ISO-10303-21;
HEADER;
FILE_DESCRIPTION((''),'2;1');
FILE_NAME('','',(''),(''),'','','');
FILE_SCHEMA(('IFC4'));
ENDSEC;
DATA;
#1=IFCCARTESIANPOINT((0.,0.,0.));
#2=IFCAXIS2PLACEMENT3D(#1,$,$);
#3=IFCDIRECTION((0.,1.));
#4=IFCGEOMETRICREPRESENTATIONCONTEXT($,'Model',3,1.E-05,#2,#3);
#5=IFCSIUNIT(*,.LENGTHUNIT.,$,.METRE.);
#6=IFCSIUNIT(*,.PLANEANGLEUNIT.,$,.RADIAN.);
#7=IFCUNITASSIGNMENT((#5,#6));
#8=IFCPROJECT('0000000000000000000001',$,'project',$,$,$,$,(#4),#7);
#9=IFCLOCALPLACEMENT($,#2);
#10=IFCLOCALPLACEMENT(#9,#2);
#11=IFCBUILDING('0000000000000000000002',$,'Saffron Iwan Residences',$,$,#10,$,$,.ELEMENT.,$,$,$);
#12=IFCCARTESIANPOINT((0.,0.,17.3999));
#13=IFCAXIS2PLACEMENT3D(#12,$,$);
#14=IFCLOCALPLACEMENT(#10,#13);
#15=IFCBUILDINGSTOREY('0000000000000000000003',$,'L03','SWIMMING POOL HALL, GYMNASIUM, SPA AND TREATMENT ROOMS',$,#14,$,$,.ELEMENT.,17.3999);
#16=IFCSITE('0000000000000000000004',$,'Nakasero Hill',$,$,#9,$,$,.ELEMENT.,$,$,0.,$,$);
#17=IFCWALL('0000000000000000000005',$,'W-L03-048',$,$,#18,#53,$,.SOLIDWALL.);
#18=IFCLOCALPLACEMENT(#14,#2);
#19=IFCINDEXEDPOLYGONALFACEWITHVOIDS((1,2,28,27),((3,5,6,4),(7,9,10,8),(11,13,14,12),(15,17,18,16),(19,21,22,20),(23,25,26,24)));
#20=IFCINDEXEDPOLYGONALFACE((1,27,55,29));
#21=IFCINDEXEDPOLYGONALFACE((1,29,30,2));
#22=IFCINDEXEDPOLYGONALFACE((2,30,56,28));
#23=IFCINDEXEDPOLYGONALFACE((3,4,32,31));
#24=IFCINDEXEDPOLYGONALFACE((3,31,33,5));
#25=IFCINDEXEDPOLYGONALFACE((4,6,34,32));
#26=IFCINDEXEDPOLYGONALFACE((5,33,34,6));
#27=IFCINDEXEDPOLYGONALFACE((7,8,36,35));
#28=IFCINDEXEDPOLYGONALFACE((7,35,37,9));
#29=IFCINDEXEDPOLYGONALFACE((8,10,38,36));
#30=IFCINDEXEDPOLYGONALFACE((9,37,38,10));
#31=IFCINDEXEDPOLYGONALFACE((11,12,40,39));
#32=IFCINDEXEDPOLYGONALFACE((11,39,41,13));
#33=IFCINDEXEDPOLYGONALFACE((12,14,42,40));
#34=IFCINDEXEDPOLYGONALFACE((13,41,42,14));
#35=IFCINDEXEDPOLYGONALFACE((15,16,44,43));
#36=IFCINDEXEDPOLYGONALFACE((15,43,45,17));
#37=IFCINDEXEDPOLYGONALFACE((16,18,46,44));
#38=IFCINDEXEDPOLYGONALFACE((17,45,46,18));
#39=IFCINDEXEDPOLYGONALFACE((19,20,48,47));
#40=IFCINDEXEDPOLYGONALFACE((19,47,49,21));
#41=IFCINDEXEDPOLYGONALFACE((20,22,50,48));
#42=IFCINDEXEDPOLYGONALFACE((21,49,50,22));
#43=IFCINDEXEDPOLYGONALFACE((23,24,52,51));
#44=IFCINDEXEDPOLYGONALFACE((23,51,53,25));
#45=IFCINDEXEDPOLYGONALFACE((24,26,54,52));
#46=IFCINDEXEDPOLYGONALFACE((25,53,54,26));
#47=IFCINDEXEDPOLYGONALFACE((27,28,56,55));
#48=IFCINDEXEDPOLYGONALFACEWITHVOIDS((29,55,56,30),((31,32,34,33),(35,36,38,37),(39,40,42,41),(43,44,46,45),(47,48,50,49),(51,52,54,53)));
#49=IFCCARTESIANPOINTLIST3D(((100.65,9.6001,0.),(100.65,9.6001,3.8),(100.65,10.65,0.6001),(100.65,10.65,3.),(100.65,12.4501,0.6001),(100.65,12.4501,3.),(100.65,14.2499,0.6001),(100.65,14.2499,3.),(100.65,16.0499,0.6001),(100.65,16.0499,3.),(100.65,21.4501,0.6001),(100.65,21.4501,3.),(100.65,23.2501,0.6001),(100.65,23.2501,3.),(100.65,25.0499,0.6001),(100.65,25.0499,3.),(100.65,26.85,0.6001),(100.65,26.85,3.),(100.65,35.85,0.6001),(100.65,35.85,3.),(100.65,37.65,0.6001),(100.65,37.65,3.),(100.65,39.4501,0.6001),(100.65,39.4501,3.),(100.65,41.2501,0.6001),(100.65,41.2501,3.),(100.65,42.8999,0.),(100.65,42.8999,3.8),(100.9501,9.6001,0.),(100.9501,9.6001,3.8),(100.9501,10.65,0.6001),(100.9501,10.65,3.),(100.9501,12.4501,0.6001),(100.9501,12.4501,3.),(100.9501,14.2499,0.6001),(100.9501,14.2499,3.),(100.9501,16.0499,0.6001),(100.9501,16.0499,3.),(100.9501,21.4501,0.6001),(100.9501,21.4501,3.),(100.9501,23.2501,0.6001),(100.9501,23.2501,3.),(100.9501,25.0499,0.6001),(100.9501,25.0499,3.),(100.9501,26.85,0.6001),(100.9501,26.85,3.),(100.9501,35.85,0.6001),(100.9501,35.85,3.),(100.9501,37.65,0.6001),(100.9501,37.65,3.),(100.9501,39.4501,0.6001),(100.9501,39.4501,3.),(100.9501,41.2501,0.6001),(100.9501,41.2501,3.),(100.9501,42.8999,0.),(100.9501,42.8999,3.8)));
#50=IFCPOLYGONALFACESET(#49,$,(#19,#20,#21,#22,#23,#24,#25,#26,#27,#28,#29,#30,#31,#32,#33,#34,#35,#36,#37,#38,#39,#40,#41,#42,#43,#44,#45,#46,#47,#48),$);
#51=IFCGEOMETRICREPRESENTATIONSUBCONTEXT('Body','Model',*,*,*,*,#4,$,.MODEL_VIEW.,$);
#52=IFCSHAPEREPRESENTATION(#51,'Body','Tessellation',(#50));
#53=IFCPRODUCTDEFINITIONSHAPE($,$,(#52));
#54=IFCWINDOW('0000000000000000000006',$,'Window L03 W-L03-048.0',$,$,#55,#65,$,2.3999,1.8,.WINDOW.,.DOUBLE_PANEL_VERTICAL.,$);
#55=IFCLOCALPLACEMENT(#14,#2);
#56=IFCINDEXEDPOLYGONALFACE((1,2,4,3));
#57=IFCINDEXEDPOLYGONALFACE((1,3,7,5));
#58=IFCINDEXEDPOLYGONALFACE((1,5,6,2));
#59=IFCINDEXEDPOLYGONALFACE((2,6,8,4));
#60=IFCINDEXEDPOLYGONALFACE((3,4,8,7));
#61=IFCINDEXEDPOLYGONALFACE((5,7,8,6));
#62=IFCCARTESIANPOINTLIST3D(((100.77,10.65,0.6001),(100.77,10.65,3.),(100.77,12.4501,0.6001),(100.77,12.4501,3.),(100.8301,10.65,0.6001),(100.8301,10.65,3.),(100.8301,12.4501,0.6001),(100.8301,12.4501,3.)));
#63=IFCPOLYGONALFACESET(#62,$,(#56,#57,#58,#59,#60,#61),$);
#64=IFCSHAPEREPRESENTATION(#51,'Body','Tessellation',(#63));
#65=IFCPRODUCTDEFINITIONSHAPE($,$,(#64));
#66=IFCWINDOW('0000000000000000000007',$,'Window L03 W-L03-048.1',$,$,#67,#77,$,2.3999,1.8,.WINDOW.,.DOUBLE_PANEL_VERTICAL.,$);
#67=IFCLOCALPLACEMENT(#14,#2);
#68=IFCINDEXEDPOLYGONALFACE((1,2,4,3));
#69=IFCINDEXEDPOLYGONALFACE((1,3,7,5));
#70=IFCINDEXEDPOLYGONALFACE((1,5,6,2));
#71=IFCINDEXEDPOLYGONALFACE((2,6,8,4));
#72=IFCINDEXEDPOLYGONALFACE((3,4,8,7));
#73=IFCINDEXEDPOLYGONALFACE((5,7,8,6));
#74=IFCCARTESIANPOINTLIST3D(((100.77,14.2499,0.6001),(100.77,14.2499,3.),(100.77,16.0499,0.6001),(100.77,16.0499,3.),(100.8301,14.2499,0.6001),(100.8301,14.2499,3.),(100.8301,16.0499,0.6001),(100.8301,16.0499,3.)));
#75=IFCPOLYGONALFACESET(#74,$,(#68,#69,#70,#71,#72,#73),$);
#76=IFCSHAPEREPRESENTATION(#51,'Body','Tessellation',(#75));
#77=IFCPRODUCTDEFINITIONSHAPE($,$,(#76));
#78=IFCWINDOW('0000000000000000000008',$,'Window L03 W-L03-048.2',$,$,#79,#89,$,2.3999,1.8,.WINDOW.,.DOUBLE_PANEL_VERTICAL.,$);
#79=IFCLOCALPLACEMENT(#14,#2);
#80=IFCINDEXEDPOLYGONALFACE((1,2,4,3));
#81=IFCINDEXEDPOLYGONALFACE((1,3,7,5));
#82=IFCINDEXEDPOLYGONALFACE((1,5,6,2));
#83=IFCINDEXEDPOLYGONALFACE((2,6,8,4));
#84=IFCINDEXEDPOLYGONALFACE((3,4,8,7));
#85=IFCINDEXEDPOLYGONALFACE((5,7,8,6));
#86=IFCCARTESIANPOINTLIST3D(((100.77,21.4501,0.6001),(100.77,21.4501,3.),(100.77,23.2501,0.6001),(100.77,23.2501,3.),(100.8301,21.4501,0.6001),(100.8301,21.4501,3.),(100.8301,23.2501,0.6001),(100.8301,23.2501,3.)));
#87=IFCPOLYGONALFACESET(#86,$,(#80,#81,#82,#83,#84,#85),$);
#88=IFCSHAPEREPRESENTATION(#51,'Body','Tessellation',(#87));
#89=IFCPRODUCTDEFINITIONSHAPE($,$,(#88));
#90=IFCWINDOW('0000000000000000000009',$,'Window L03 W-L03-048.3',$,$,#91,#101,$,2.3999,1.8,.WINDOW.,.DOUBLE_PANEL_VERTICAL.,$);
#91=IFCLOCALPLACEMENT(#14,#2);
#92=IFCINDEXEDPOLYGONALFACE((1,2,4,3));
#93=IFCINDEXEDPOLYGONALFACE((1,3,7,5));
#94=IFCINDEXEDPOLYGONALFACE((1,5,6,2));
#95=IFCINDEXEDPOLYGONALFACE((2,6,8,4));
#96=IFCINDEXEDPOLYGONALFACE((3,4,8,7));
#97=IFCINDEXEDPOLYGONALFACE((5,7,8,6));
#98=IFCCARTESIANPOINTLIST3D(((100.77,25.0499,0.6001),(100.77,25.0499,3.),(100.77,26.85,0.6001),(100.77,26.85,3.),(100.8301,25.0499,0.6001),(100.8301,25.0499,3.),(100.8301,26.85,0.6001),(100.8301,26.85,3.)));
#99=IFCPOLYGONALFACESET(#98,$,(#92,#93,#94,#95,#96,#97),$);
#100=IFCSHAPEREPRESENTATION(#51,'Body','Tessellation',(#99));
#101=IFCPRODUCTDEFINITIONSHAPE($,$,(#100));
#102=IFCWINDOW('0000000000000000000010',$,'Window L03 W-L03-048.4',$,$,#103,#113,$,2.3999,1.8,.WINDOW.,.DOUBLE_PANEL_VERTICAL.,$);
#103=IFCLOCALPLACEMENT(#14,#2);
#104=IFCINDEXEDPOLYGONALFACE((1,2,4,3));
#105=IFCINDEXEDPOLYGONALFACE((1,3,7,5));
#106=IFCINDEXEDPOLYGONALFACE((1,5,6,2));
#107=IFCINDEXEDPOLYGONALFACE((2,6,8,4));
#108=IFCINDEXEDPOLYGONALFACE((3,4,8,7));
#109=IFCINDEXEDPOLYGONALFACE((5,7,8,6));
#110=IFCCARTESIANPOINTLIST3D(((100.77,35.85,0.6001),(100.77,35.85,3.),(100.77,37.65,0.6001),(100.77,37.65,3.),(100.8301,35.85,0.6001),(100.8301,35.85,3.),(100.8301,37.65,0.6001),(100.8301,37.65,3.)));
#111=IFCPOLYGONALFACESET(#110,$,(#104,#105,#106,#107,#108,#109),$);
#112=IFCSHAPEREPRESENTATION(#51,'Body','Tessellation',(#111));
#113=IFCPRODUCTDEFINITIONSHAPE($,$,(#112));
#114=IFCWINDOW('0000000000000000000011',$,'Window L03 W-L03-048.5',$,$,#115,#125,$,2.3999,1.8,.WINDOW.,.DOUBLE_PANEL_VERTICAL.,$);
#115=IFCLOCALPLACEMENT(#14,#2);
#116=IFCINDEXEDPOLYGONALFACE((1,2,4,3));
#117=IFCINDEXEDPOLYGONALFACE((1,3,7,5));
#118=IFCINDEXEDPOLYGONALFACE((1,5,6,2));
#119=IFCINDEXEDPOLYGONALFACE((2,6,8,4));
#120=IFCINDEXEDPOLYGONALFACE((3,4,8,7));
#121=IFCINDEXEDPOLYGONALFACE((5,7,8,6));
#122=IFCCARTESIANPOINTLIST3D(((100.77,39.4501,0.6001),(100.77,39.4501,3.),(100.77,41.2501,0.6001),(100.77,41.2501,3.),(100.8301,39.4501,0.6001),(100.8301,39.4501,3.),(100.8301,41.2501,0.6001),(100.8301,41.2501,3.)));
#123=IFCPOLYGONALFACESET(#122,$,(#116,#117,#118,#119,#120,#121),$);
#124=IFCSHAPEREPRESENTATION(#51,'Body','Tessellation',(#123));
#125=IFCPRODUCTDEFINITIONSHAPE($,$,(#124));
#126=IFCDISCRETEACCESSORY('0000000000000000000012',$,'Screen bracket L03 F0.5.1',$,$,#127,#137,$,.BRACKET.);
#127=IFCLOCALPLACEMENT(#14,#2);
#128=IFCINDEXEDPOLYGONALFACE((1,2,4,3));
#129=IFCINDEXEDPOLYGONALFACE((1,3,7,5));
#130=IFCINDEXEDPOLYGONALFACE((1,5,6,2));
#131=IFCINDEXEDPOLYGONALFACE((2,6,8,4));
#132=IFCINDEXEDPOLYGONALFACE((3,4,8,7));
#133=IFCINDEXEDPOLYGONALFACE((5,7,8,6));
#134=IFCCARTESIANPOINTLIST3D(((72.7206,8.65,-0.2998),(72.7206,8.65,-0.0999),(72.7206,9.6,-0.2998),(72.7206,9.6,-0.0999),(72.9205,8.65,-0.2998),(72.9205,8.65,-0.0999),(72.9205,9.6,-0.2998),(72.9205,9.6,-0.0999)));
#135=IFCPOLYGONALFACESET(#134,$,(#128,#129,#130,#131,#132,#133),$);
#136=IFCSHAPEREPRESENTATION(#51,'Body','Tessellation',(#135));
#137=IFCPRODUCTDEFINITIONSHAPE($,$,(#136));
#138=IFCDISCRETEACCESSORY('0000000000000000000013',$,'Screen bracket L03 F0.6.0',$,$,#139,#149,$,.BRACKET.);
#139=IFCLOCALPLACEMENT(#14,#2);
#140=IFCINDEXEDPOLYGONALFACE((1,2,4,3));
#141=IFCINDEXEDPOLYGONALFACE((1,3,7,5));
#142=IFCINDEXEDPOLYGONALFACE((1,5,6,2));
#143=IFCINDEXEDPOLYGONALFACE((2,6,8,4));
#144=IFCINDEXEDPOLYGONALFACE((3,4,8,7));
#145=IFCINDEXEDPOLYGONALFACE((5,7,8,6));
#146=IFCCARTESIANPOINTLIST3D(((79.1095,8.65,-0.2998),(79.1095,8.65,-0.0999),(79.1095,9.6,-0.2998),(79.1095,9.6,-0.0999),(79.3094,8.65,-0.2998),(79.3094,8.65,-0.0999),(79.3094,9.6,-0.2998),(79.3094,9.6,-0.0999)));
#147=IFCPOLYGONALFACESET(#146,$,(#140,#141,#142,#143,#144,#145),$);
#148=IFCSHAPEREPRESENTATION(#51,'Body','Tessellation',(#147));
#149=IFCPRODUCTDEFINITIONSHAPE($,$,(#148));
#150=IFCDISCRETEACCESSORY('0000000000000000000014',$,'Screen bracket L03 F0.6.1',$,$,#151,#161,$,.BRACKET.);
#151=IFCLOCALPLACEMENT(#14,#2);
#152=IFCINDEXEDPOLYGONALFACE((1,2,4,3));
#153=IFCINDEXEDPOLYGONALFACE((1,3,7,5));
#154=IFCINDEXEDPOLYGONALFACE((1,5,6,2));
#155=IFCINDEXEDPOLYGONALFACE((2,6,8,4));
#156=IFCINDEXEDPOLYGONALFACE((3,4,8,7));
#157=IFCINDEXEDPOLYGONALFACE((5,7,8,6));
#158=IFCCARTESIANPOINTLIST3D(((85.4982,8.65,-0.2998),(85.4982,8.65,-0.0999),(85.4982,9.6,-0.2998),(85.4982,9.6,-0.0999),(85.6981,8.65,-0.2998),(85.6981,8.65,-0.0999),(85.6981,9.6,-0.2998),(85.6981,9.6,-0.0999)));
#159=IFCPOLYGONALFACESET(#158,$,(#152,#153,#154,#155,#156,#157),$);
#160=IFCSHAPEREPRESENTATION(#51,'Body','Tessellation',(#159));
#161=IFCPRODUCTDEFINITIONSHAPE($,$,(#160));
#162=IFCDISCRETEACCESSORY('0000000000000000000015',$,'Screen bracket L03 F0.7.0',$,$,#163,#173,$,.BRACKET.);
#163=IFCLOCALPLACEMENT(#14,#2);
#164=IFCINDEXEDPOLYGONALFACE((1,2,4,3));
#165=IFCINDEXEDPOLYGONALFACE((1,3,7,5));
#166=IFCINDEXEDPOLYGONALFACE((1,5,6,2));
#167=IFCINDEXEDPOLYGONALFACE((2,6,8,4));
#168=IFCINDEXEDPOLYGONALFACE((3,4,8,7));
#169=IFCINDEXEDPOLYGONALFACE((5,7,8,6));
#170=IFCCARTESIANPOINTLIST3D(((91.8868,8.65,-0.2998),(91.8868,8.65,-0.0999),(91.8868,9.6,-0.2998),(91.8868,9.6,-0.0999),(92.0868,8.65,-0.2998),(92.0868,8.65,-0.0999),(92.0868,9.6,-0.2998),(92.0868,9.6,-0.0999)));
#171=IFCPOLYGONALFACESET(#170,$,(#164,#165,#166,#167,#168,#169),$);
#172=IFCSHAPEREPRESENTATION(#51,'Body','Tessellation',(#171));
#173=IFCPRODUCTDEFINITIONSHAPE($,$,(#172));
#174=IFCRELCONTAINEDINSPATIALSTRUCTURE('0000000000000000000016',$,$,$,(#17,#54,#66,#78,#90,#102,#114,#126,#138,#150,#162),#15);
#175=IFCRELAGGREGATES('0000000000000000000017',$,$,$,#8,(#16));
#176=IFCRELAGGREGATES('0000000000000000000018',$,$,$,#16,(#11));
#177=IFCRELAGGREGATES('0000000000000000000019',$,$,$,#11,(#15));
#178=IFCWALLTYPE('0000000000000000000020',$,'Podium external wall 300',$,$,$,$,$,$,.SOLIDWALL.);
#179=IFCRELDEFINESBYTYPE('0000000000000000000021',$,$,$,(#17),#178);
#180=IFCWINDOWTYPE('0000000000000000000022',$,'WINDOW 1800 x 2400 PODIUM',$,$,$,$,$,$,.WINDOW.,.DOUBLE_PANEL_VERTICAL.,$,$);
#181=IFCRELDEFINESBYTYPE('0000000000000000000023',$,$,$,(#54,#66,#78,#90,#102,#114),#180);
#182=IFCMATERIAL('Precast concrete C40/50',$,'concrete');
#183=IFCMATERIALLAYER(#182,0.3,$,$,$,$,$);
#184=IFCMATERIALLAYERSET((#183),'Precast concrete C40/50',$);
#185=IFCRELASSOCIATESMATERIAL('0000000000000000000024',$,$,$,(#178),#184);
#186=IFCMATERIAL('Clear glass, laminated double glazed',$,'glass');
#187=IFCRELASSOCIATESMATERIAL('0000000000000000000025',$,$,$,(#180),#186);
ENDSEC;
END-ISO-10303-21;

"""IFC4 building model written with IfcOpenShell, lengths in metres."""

from ifc_helpers import new_model, si_unit, direction, frame, frame_2d, origin, origin_2d, place, context, subcontext, project, spatial, rectangle, extrude, source, transform, mapped, material, layer, layer_set, type_object, element, fill, save


model = new_model("IFC4")

# Units and contexts
model_context = context("Model", 3, precision=1e-05, world=origin(), true_north=direction((0.0, 1.0)))
body_context = subcontext(model_context, "Body", "Model", "MODEL_VIEW")
ifc_project = project(units=[si_unit("LENGTHUNIT", "METRE"), si_unit("PLANEANGLEUNIT", "RADIAN")], contexts=[model_context])

# Site, building, storey
site_placement = place(None, origin())
site = spatial("IfcSite", under=ifc_project, at=site_placement, Name="Nakasero Hill", CompositionType="ELEMENT", RefElevation=0.0)
building_placement = place(site_placement, origin())
building = spatial("IfcBuilding", under=site, at=building_placement, Name="Saffron Iwan Residences", CompositionType="ELEMENT")
storey_placement = place(building_placement, frame((0.0, 0.0, 17.3999)))
storey = spatial("IfcBuildingStorey", under=building, at=storey_placement, Name="L03", Description="SWIMMING POOL HALL, GYMNASIUM, SPA AND TREATMENT ROOMS", CompositionType="ELEMENT", Elevation=17.3999)

# Wall, openings, windows
ifc_material_1 = material(Name="Precast concrete C40/50", Category="concrete")
ifc_layer_1 = layer(ifc_material_1, 0.3)
ifc_layer_set_1 = layer_set([ifc_layer_1], Name="Precast concrete C40/50")
wall_type = type_object("IfcWallType", Name="Podium external wall 300", PredefinedType="SOLIDWALL", material=ifc_layer_set_1)
wall_placement = place(storey_placement, frame((100.8, 9.6001, 0.0), z_axis=(0.0, 0.0, 1.0), x_axis=(0.0, 1.0, 0.0)))
wall = element("IfcWall", 1, at=wall_placement, inside=storey, type_object=wall_type, Name="W-L03-048", PredefinedType="SOLIDWALL", context=body_context, shape_type="SweptSolid", body=[
    extrude(rectangle(XDim=33.2998, YDim=0.3, at=frame_2d((16.6499, 0.0))), origin(), (0.0, 0.0, 1.0), 3.8),
])
opening_1_placement = place(wall_placement, frame((1.05, 0.0, 0.6001)))
opening_1 = element("IfcOpeningElement", 2, at=opening_1_placement, cuts=wall, PredefinedType="OPENING", context=body_context, shape_type="SweptSolid", body=[
    extrude(rectangle(XDim=1.8, YDim=2.3999, at=frame_2d((0.8999, 1.2))), frame((0.0, 0.1602, 0.0), z_axis=(0.0, -1.0, 0.0), x_axis=(1.0, 0.0, 0.0)), (0.0, 0.0, 1.0), 0.3201),
])
opening_2_placement = place(wall_placement, frame((4.6499, 0.0, 0.6001)))
opening_2 = element("IfcOpeningElement", 3, at=opening_2_placement, cuts=wall, PredefinedType="OPENING", context=body_context, shape_type="SweptSolid", body=[
    extrude(rectangle(XDim=1.8, YDim=2.3999, at=frame_2d((0.8999, 1.2))), frame((0.0, 0.1602, 0.0), z_axis=(0.0, -1.0, 0.0), x_axis=(1.0, 0.0, 0.0)), (0.0, 0.0, 1.0), 0.3201),
])
opening_3_placement = place(wall_placement, frame((11.8501, 0.0, 0.6001)))
opening_3 = element("IfcOpeningElement", 4, at=opening_3_placement, cuts=wall, PredefinedType="OPENING", context=body_context, shape_type="SweptSolid", body=[
    extrude(rectangle(XDim=1.8, YDim=2.3999, at=frame_2d((0.8999, 1.2))), frame((0.0, 0.1602, 0.0), z_axis=(0.0, -1.0, 0.0), x_axis=(1.0, 0.0, 0.0)), (0.0, 0.0, 1.0), 0.3201),
])
opening_4_placement = place(wall_placement, frame((15.45, 0.0, 0.6001)))
opening_4 = element("IfcOpeningElement", 5, at=opening_4_placement, cuts=wall, PredefinedType="OPENING", context=body_context, shape_type="SweptSolid", body=[
    extrude(rectangle(XDim=1.8, YDim=2.3999, at=frame_2d((0.8999, 1.2))), frame((0.0, 0.1602, 0.0), z_axis=(0.0, -1.0, 0.0), x_axis=(1.0, 0.0, 0.0)), (0.0, 0.0, 1.0), 0.3201),
])
opening_5_placement = place(wall_placement, frame((26.25, 0.0, 0.6001)))
opening_5 = element("IfcOpeningElement", 6, at=opening_5_placement, cuts=wall, PredefinedType="OPENING", context=body_context, shape_type="SweptSolid", body=[
    extrude(rectangle(XDim=1.8, YDim=2.3999, at=frame_2d((0.8999, 1.2))), frame((0.0, 0.1602, 0.0), z_axis=(0.0, -1.0, 0.0), x_axis=(1.0, 0.0, 0.0)), (0.0, 0.0, 1.0), 0.3201),
])
opening_6_placement = place(wall_placement, frame((29.8501, 0.0, 0.6001)))
opening_6 = element("IfcOpeningElement", 7, at=opening_6_placement, cuts=wall, PredefinedType="OPENING", context=body_context, shape_type="SweptSolid", body=[
    extrude(rectangle(XDim=1.8, YDim=2.3999, at=frame_2d((0.8999, 1.2))), frame((0.0, 0.1602, 0.0), z_axis=(0.0, -1.0, 0.0), x_axis=(1.0, 0.0, 0.0)), (0.0, 0.0, 1.0), 0.3201),
])
ifc_material_2 = material(Name="Clear glass, laminated double glazed", Category="glass")
window_type = type_object("IfcWindowType", Name="WINDOW 1800 x 2400 PODIUM", PartitioningType="DOUBLE_PANEL_VERTICAL", PredefinedType="WINDOW", material=ifc_material_2)
window_1_placement = place(opening_1_placement, origin())
window_1 = element("IfcWindow", 8, at=window_1_placement, inside=storey, type_object=window_type, Name="Window L03 W-L03-048.0", OverallHeight=2.3999, OverallWidth=1.8, PartitioningType="DOUBLE_PANEL_VERTICAL", PredefinedType="WINDOW", context=body_context, shape_type="SweptSolid", body=[
    extrude(rectangle(XDim=1.8, YDim=2.3999, at=frame_2d((0.8999, 1.2))), frame((0.0, 0.03, 0.0), z_axis=(0.0, -1.0, 0.0), x_axis=(1.0, 0.0, 0.0)), (0.0, 0.0, 1.0), 0.0601),
])
fill(opening_1, window_1)
window_2_placement = place(opening_2_placement, origin())
window_2 = element("IfcWindow", 9, at=window_2_placement, inside=storey, type_object=window_type, Name="Window L03 W-L03-048.1", OverallHeight=2.3999, OverallWidth=1.8, PartitioningType="DOUBLE_PANEL_VERTICAL", PredefinedType="WINDOW", context=body_context, shape_type="SweptSolid", body=[
    extrude(rectangle(XDim=1.8, YDim=2.3999, at=frame_2d((0.8999, 1.2))), frame((0.0, 0.03, 0.0), z_axis=(0.0, -1.0, 0.0), x_axis=(1.0, 0.0, 0.0)), (0.0, 0.0, 1.0), 0.0601),
])
fill(opening_2, window_2)
window_3_placement = place(opening_3_placement, origin())
window_3 = element("IfcWindow", 10, at=window_3_placement, inside=storey, type_object=window_type, Name="Window L03 W-L03-048.2", OverallHeight=2.3999, OverallWidth=1.8, PartitioningType="DOUBLE_PANEL_VERTICAL", PredefinedType="WINDOW", context=body_context, shape_type="SweptSolid", body=[
    extrude(rectangle(XDim=1.8, YDim=2.3999, at=frame_2d((0.8999, 1.2))), frame((0.0, 0.03, 0.0), z_axis=(0.0, -1.0, 0.0), x_axis=(1.0, 0.0, 0.0)), (0.0, 0.0, 1.0), 0.0601),
])
fill(opening_3, window_3)
window_4_placement = place(opening_4_placement, origin())
window_4 = element("IfcWindow", 11, at=window_4_placement, inside=storey, type_object=window_type, Name="Window L03 W-L03-048.3", OverallHeight=2.3999, OverallWidth=1.8, PartitioningType="DOUBLE_PANEL_VERTICAL", PredefinedType="WINDOW", context=body_context, shape_type="SweptSolid", body=[
    extrude(rectangle(XDim=1.8, YDim=2.3999, at=frame_2d((0.8999, 1.2))), frame((0.0, 0.03, 0.0), z_axis=(0.0, -1.0, 0.0), x_axis=(1.0, 0.0, 0.0)), (0.0, 0.0, 1.0), 0.0601),
])
fill(opening_4, window_4)
window_5_placement = place(opening_5_placement, origin())
window_5 = element("IfcWindow", 12, at=window_5_placement, inside=storey, type_object=window_type, Name="Window L03 W-L03-048.4", OverallHeight=2.3999, OverallWidth=1.8, PartitioningType="DOUBLE_PANEL_VERTICAL", PredefinedType="WINDOW", context=body_context, shape_type="SweptSolid", body=[
    extrude(rectangle(XDim=1.8, YDim=2.3999, at=frame_2d((0.8999, 1.2))), frame((0.0, 0.03, 0.0), z_axis=(0.0, -1.0, 0.0), x_axis=(1.0, 0.0, 0.0)), (0.0, 0.0, 1.0), 0.0601),
])
fill(opening_5, window_5)
window_6_placement = place(opening_6_placement, origin())
window_6 = element("IfcWindow", 13, at=window_6_placement, inside=storey, type_object=window_type, Name="Window L03 W-L03-048.5", OverallHeight=2.3999, OverallWidth=1.8, PartitioningType="DOUBLE_PANEL_VERTICAL", PredefinedType="WINDOW", context=body_context, shape_type="SweptSolid", body=[
    extrude(rectangle(XDim=1.8, YDim=2.3999, at=frame_2d((0.8999, 1.2))), frame((0.0, 0.03, 0.0), z_axis=(0.0, -1.0, 0.0), x_axis=(1.0, 0.0, 0.0)), (0.0, 0.0, 1.0), 0.0601),
])
fill(opening_6, window_6)

# Discrete accessories
shared_shape_1 = source(origin(), body_context, "Body", "SweptSolid", [
    extrude(rectangle(XDim=0.95, YDim=0.2, at=origin_2d()), origin(), (0.0, 0.0, 1.0), 0.2),
])
for number, where, z_axis, x_axis, name in (
    (14, (72.8206, 9.125, -0.2998), (0.0, 0.0, 1.0), (0.0, -1.0, 0.0), "Screen bracket L03 F0.5.1"),
    (15, (79.2095, 9.125, -0.2998), (0.0, 0.0, 1.0), (0.0, -1.0, 0.0), "Screen bracket L03 F0.6.0"),
    (16, (85.5981, 9.125, -0.2998), (0.0, 0.0, 1.0), (0.0, -1.0, 0.0), "Screen bracket L03 F0.6.1"),
    (17, (91.9868, 9.125, -0.2998), (0.0, 0.0, 1.0), (0.0, -1.0, 0.0), "Screen bracket L03 F0.7.0"),
):
    element("IfcDiscreteAccessory", number, at=place(storey_placement, frame(where, z_axis=z_axis, x_axis=x_axis)), inside=storey, Name=name, PredefinedType="BRACKET", context=body_context, shape_type="MappedRepresentation", body=[
        mapped(shared_shape_1, transform((0.0, 0.0, 0.0))),
    ])

save(model, "model.ifc")
